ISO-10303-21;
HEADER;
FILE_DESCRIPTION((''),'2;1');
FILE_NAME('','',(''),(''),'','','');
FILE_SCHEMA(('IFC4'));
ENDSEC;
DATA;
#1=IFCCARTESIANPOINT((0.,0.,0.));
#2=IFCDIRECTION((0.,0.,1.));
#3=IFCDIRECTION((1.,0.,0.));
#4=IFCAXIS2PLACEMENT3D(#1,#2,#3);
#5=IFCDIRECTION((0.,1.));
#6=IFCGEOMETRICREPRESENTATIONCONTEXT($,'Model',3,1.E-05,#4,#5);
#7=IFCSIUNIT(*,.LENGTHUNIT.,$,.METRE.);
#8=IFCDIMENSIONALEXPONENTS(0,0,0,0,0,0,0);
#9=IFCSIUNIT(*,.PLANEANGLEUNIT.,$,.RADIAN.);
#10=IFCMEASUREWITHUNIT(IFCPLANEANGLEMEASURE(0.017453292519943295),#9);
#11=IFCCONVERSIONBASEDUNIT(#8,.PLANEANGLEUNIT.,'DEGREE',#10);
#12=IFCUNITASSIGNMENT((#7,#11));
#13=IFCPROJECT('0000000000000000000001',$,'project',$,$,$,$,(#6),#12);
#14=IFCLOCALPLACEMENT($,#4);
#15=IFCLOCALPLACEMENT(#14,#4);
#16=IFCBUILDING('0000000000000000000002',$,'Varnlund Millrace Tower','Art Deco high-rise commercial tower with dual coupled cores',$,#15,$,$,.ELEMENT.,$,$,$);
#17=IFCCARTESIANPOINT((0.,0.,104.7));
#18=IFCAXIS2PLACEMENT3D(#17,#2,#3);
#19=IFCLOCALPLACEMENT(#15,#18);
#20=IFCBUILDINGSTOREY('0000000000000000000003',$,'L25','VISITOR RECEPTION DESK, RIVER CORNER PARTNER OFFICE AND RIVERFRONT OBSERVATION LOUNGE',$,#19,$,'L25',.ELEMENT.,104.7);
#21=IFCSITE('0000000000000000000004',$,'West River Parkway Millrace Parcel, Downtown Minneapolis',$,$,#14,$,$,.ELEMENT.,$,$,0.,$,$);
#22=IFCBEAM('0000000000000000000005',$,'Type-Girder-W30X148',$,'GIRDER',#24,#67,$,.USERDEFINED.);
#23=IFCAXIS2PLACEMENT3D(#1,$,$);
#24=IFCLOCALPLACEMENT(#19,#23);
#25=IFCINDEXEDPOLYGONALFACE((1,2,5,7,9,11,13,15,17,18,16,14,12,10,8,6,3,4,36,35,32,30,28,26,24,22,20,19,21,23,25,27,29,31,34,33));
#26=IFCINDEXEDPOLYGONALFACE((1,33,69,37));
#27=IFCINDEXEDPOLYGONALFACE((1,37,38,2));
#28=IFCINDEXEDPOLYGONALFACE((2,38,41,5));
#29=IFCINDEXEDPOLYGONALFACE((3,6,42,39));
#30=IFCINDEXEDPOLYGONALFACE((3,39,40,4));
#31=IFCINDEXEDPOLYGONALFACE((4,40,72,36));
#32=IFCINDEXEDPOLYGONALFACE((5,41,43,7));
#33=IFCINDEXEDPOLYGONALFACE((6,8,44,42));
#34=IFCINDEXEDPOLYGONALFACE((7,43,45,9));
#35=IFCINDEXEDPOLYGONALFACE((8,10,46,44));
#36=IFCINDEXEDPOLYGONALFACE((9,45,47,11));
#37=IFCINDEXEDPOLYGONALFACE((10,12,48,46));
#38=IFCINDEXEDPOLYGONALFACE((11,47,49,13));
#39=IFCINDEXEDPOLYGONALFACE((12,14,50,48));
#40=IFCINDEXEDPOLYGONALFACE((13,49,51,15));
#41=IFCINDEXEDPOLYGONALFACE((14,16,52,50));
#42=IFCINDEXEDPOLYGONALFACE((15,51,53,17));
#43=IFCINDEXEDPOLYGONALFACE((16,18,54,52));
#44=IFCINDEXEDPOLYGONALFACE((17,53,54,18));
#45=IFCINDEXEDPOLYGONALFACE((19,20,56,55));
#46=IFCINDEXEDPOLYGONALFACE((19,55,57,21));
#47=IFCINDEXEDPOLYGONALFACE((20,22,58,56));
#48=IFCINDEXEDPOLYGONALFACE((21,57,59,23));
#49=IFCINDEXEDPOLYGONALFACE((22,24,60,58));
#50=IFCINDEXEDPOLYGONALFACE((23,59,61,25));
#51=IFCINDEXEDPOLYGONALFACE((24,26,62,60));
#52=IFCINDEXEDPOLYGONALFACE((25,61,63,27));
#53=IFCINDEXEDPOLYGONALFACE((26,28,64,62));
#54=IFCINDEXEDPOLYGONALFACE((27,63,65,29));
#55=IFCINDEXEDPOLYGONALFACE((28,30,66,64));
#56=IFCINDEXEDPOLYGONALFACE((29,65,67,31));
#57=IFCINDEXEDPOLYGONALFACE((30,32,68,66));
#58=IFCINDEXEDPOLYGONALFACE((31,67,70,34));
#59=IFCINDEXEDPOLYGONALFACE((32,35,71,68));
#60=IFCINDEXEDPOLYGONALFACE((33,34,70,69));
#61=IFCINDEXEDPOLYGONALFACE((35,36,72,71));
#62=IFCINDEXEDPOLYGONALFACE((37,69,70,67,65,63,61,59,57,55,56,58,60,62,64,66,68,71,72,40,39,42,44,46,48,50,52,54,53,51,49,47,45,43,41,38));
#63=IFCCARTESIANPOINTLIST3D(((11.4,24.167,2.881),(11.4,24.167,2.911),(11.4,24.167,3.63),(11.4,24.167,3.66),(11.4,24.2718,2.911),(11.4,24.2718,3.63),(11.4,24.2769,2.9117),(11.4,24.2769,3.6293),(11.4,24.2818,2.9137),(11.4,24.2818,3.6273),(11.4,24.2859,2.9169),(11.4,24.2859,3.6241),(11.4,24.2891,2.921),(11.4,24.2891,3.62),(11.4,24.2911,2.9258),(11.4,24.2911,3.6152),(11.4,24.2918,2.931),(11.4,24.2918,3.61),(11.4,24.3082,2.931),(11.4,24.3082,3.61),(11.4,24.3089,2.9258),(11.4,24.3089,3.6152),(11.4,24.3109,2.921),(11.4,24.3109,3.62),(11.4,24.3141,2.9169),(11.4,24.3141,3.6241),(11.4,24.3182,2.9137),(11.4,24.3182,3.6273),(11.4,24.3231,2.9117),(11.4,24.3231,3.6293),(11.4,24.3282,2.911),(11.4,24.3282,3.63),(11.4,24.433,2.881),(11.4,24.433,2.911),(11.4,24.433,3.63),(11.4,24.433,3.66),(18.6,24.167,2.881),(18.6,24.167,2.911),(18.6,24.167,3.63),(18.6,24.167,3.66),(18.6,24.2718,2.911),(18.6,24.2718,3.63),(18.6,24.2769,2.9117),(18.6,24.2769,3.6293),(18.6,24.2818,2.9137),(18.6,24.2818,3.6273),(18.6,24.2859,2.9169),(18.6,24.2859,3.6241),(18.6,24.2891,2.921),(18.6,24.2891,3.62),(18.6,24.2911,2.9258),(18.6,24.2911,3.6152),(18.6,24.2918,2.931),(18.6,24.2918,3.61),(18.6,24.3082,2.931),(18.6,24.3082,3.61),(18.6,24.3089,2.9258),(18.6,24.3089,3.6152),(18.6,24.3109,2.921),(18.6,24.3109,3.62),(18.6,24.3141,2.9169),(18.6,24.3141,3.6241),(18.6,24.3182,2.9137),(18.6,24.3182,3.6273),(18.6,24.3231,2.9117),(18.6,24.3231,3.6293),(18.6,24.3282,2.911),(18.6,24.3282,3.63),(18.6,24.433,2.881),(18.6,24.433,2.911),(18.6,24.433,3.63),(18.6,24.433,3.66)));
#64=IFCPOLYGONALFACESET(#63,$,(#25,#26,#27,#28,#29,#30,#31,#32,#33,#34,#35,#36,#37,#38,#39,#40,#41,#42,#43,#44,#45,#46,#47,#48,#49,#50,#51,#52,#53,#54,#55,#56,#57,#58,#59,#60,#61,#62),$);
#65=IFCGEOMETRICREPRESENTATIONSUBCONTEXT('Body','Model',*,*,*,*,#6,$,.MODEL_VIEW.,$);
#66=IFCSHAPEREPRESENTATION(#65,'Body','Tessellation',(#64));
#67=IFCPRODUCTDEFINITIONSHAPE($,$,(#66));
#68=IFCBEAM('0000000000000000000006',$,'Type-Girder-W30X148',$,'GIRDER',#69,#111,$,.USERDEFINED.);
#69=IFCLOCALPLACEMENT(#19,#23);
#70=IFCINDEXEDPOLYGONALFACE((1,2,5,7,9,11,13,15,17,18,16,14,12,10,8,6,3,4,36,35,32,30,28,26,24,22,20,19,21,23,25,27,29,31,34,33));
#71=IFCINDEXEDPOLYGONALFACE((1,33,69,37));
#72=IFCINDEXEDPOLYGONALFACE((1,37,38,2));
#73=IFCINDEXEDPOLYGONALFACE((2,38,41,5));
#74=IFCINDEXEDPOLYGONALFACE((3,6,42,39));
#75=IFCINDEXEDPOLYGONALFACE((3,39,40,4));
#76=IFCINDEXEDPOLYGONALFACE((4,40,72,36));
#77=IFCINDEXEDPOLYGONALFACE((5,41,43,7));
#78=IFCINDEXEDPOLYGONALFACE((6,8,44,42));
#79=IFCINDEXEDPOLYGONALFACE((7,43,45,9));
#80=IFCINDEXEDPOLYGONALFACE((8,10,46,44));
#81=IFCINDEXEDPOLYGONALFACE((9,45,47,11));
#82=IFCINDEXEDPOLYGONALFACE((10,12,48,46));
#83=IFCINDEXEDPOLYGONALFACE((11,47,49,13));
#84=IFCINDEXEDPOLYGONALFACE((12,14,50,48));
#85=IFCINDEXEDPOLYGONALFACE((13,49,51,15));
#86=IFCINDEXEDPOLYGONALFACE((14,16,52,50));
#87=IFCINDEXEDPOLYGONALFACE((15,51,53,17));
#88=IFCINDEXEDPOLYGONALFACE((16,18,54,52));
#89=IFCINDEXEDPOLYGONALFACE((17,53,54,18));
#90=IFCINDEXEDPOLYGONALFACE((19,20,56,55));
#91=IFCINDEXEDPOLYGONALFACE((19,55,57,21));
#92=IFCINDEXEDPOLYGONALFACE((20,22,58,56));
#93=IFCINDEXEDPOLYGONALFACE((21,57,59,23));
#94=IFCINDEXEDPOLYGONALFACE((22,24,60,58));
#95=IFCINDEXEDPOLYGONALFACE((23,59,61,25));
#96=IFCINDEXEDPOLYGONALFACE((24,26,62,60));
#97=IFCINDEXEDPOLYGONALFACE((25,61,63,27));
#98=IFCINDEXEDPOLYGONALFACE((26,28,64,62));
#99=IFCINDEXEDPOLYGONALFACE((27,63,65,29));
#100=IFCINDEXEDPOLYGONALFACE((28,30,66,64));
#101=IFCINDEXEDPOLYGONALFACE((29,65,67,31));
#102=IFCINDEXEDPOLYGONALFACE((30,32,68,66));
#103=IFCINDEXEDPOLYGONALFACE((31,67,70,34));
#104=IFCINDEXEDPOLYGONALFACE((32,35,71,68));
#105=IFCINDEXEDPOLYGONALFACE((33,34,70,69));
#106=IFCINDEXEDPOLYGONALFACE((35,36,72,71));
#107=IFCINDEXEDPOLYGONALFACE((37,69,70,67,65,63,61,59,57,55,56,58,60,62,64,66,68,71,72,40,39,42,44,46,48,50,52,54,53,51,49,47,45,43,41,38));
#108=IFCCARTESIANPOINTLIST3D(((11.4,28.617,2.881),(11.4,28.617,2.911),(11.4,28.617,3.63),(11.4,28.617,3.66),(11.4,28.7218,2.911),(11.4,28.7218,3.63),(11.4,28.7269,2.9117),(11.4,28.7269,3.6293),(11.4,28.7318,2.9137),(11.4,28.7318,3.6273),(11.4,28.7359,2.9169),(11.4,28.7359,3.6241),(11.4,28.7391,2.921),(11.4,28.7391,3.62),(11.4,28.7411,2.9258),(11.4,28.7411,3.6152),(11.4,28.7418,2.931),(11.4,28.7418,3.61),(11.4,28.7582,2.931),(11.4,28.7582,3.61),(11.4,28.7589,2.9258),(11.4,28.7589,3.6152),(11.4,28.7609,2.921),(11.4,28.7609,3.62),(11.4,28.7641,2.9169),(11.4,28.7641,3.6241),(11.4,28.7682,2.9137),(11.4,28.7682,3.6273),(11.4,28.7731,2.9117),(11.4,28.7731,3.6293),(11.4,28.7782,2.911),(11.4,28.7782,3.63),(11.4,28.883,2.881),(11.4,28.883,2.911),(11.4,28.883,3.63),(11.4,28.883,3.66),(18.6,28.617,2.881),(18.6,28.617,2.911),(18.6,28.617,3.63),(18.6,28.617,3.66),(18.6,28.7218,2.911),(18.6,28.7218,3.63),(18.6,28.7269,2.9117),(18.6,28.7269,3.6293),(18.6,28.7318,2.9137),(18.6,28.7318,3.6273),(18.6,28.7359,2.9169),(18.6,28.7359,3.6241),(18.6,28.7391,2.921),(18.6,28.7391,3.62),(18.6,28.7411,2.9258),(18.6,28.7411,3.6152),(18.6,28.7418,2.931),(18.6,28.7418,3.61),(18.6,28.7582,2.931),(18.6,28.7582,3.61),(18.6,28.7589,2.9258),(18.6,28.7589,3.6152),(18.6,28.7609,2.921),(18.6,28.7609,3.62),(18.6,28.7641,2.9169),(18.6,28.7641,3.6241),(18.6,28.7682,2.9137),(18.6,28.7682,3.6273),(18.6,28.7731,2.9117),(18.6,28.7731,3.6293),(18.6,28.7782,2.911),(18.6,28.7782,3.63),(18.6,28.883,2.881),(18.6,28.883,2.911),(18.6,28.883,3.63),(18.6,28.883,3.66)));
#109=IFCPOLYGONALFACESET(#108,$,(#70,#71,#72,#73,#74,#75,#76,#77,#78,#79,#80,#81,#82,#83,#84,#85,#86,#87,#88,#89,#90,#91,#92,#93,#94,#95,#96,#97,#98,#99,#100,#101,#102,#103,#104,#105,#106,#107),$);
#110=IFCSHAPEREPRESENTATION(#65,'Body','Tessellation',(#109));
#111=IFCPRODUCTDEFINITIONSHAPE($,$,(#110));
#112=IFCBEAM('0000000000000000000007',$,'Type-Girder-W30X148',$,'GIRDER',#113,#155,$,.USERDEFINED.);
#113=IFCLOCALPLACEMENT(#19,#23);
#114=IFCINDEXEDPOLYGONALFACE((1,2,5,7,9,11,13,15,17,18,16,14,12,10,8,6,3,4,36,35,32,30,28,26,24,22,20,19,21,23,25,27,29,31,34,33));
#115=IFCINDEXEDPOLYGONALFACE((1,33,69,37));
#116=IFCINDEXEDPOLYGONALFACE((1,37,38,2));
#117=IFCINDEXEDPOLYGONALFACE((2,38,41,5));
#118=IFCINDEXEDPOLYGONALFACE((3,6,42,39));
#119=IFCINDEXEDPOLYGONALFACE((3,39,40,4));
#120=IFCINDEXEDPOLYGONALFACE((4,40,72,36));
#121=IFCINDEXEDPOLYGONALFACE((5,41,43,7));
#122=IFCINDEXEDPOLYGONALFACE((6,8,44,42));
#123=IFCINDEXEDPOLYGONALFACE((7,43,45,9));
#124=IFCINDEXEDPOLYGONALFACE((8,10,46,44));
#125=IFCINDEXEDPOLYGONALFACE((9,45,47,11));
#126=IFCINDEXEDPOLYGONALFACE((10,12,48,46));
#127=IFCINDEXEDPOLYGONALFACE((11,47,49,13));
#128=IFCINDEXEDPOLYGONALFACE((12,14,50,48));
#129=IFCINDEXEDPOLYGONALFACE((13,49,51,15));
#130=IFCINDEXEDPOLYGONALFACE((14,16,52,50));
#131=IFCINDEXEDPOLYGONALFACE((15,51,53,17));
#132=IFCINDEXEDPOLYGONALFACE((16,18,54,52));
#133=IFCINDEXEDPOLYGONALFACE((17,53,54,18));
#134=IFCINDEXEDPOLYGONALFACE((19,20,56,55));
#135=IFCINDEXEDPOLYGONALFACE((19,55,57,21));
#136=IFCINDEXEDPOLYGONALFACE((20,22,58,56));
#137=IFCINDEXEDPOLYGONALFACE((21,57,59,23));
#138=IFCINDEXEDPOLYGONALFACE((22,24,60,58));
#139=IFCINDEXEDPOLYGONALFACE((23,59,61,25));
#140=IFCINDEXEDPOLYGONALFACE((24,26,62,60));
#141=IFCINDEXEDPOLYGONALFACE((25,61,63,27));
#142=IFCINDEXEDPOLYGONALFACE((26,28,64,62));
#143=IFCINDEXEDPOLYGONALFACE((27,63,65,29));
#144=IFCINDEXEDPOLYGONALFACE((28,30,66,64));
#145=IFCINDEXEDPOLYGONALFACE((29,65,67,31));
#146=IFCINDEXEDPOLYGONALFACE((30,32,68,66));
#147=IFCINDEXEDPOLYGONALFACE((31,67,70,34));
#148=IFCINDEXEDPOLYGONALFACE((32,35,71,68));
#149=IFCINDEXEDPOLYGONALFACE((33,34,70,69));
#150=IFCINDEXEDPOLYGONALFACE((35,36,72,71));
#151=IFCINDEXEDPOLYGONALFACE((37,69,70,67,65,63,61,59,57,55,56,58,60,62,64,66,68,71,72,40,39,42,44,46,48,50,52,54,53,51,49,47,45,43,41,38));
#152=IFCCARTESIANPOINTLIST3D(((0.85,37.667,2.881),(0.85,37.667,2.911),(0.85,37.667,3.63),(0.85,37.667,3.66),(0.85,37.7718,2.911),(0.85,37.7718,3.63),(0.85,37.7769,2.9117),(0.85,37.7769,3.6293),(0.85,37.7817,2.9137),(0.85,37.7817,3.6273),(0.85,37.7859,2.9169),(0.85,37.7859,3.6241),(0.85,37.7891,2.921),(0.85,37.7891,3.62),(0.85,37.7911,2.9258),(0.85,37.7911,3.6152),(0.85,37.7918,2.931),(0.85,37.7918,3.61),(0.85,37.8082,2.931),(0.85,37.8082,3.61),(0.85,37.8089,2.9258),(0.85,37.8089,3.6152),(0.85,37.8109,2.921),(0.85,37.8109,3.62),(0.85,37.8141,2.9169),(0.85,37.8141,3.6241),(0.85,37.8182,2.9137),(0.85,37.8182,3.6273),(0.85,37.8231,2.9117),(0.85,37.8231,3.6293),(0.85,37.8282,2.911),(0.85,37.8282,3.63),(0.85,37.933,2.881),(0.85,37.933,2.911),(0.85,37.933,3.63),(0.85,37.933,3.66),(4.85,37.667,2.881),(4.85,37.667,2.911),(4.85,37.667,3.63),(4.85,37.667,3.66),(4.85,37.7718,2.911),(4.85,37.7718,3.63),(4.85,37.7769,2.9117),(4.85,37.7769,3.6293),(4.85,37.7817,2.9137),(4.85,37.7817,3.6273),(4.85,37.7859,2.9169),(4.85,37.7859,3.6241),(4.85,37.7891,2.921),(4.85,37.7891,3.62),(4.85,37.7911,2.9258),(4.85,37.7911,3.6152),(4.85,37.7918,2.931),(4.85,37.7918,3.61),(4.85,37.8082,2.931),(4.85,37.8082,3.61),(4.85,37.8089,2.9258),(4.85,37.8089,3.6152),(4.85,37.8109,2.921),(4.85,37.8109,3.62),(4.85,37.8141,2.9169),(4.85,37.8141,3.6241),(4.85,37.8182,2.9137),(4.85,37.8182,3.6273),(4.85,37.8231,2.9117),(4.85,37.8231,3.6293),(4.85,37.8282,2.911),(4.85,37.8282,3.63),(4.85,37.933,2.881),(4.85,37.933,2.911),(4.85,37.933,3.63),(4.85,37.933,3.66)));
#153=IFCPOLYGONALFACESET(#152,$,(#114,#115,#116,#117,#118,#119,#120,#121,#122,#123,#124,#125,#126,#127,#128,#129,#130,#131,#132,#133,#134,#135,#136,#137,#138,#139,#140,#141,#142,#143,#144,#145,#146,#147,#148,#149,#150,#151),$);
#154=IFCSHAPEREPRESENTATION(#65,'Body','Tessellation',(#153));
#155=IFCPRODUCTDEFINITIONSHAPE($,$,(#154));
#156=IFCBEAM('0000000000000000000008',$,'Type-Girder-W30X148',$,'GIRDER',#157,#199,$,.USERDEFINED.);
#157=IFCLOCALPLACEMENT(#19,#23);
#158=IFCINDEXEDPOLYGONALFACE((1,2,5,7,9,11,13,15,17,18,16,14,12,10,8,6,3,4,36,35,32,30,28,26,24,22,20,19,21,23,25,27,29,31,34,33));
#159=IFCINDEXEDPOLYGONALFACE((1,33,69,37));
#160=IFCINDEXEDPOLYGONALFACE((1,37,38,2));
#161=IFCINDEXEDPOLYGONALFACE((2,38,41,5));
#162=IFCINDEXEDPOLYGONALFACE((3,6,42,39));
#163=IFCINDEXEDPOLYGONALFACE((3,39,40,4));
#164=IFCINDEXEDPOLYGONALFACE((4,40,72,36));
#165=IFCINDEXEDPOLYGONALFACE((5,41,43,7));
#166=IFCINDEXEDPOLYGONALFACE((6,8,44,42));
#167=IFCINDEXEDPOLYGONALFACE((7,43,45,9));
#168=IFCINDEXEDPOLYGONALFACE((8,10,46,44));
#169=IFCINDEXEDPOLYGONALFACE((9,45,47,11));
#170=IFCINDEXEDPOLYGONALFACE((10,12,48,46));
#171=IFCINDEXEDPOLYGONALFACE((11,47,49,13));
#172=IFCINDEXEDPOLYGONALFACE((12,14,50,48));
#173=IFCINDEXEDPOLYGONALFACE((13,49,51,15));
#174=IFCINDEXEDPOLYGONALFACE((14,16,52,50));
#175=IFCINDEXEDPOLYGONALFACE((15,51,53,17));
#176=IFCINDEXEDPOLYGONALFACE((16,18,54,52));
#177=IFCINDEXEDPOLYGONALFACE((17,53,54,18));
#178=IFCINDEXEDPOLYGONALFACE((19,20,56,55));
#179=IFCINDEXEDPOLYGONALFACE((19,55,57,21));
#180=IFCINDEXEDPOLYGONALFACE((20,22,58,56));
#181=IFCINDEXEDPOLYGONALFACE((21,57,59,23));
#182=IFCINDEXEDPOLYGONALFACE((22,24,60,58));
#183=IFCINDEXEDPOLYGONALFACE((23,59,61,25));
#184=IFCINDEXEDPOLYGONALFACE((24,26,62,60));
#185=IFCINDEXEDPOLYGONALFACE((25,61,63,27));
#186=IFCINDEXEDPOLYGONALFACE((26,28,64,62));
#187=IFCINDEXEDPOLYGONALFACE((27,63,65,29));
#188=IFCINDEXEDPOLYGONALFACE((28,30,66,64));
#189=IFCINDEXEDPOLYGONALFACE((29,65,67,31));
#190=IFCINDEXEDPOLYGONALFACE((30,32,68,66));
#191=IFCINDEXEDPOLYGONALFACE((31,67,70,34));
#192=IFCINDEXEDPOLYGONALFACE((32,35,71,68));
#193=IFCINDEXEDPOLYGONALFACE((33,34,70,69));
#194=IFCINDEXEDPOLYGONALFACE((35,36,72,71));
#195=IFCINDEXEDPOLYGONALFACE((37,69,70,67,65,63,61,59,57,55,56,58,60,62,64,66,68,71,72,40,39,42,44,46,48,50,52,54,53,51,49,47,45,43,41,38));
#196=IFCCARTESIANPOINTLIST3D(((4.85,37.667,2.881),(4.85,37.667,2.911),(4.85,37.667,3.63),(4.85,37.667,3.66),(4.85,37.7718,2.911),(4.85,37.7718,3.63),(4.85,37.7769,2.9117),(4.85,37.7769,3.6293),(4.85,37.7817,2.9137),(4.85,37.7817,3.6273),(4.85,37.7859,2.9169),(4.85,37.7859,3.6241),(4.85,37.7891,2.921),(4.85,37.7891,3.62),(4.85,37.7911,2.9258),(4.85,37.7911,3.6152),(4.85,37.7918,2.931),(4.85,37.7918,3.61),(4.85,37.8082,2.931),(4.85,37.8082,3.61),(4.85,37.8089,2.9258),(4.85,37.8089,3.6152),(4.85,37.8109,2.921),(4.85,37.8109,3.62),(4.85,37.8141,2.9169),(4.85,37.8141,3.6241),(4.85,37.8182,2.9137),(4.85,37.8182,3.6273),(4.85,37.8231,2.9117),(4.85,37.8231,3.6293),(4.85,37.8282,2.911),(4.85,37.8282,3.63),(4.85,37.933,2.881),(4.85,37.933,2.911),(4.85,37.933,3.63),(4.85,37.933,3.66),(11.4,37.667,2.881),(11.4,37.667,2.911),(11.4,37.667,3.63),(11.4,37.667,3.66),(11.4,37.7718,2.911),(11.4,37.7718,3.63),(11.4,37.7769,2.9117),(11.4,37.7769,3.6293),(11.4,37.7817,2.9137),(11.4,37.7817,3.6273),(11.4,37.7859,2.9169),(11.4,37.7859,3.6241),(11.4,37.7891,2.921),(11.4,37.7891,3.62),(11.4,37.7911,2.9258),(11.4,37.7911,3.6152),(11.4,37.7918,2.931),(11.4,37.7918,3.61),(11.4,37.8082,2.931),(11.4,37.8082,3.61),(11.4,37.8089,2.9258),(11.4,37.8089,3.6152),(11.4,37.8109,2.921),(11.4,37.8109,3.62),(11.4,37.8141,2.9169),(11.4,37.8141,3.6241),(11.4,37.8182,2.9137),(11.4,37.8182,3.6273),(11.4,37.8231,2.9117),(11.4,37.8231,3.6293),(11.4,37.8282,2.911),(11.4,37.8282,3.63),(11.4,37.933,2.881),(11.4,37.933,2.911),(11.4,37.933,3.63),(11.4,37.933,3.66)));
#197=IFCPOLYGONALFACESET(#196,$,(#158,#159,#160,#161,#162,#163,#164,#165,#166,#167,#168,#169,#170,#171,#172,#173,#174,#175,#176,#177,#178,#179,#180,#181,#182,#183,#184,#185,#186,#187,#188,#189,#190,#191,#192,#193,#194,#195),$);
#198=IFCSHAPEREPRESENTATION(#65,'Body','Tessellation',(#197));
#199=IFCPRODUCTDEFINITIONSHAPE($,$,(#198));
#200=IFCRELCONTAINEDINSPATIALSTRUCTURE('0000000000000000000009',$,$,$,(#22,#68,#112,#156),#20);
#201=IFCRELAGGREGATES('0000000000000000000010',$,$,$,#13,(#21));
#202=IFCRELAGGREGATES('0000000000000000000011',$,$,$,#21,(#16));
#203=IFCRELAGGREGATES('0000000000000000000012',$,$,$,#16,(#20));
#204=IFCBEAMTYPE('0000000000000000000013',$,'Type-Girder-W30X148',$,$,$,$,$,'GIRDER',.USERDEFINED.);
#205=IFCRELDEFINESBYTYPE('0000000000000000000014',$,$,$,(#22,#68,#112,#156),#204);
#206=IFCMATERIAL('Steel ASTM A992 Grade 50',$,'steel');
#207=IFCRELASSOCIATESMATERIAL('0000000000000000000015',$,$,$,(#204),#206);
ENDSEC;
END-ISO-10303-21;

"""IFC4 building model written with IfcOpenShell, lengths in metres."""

from ifc_helpers import new_model, entity, si_unit, converted_unit, direction, frame, origin_with_axes, origin_2d_with_axis, place, context, subcontext, project, spatial, i_section, extrude, material, material_profile, profile_set, type_object, element, save


model = new_model("IFC4")

# Units and contexts
model_context = context("Model", 3, precision=1e-05, world=origin_with_axes(), true_north=direction((0.0, 1.0)))
body_context = subcontext(model_context, "Body", "Model", "MODEL_VIEW")
ifc_project = project(units=[si_unit("LENGTHUNIT", "METRE"), converted_unit("PLANEANGLEUNIT", "DEGREE", entity("IfcPlaneAngleMeasure", 0.017453292519943295), si_unit("PLANEANGLEUNIT", "RADIAN"), dimensions=[0, 0, 0, 0, 0, 0, 0])], contexts=[model_context])

# Site, building, storey
site_placement = place(None, origin_with_axes())
site = spatial("IfcSite", under=ifc_project, at=site_placement, Name="West River Parkway Millrace Parcel, Downtown Minneapolis", CompositionType="ELEMENT", RefElevation=0.0)
building_placement = place(site_placement, origin_with_axes())
building = spatial("IfcBuilding", under=site, at=building_placement, Name="Varnlund Millrace Tower", Description="Art Deco high-rise commercial tower with dual coupled cores", CompositionType="ELEMENT")
storey_placement = place(building_placement, frame((0.0, 0.0, 104.7), z_axis=(0.0, 0.0, 1.0), x_axis=(1.0, 0.0, 0.0)))
storey = spatial("IfcBuildingStorey", under=building, at=storey_placement, Name="L25", Description="VISITOR RECEPTION DESK, RIVER CORNER PARTNER OFFICE AND RIVERFRONT OBSERVATION LOUNGE", LongName="L25", CompositionType="ELEMENT", Elevation=104.7)

# Beams
ifc_material_1 = material(Name="Steel ASTM A992 Grade 50", Category="steel")
ifc_material_profile_1 = material_profile(ifc_material_1, i_section(OverallWidth=0.266, OverallDepth=0.779, WebThickness=0.0165, FlangeThickness=0.03, FilletRadius=0.02, at=origin_2d_with_axis()), Name="Steel ASTM A992 Grade 50")
ifc_profile_set_1 = profile_set([ifc_material_profile_1], Name="Steel ASTM A992 Grade 50")
beam_type_1 = type_object("IfcBeamType", Name="Type-Girder-W30X148", ElementType="GIRDER", PredefinedType="USERDEFINED", material=ifc_profile_set_1)
for number, where, z_axis, x_axis, name in (
    (1, (11.4, 24.3, 3.2705), (1.0, 0.0, 0.0), (0.0, 1.0, 0.0), "Type-Girder-W30X148"),
    (2, (11.4, 28.75, 3.2705), (1.0, 0.0, 0.0), (0.0, 1.0, 0.0), "Type-Girder-W30X148"),
):
    element("IfcBeam", number, at=place(storey_placement, frame(where, z_axis=z_axis, x_axis=x_axis)), inside=storey, type_object=beam_type_1, Name=name, ObjectType="GIRDER", PredefinedType="USERDEFINED", context=body_context, shape_type="SweptSolid", body=[
        extrude(i_section(OverallWidth=0.266, OverallDepth=0.779, WebThickness=0.0165, FlangeThickness=0.03, FilletRadius=0.02, at=origin_2d_with_axis()), origin_with_axes(), (0.0, 0.0, 1.0), 7.2),
    ])
beam_1_placement = place(storey_placement, frame((0.85, 37.8, 3.2705), z_axis=(1.0, 0.0, 0.0), x_axis=(0.0, 1.0, 0.0)))
element("IfcBeam", 3, at=beam_1_placement, inside=storey, type_object=beam_type_1, Name="Type-Girder-W30X148", ObjectType="GIRDER", PredefinedType="USERDEFINED", context=body_context, shape_type="SweptSolid", body=[
    extrude(i_section(OverallWidth=0.266, OverallDepth=0.779, WebThickness=0.0165, FlangeThickness=0.03, FilletRadius=0.02, at=origin_2d_with_axis()), origin_with_axes(), (0.0, 0.0, 1.0), 4.0),
])
beam_2_placement = place(storey_placement, frame((4.85, 37.8, 3.2705), z_axis=(1.0, 0.0, 0.0), x_axis=(0.0, 1.0, 0.0)))
element("IfcBeam", 4, at=beam_2_placement, inside=storey, type_object=beam_type_1, Name="Type-Girder-W30X148", ObjectType="GIRDER", PredefinedType="USERDEFINED", context=body_context, shape_type="SweptSolid", body=[
    extrude(i_section(OverallWidth=0.266, OverallDepth=0.779, WebThickness=0.0165, FlangeThickness=0.03, FilletRadius=0.02, at=origin_2d_with_axis()), origin_with_axes(), (0.0, 0.0, 1.0), 6.55),
])

save(model, "model.ifc")
